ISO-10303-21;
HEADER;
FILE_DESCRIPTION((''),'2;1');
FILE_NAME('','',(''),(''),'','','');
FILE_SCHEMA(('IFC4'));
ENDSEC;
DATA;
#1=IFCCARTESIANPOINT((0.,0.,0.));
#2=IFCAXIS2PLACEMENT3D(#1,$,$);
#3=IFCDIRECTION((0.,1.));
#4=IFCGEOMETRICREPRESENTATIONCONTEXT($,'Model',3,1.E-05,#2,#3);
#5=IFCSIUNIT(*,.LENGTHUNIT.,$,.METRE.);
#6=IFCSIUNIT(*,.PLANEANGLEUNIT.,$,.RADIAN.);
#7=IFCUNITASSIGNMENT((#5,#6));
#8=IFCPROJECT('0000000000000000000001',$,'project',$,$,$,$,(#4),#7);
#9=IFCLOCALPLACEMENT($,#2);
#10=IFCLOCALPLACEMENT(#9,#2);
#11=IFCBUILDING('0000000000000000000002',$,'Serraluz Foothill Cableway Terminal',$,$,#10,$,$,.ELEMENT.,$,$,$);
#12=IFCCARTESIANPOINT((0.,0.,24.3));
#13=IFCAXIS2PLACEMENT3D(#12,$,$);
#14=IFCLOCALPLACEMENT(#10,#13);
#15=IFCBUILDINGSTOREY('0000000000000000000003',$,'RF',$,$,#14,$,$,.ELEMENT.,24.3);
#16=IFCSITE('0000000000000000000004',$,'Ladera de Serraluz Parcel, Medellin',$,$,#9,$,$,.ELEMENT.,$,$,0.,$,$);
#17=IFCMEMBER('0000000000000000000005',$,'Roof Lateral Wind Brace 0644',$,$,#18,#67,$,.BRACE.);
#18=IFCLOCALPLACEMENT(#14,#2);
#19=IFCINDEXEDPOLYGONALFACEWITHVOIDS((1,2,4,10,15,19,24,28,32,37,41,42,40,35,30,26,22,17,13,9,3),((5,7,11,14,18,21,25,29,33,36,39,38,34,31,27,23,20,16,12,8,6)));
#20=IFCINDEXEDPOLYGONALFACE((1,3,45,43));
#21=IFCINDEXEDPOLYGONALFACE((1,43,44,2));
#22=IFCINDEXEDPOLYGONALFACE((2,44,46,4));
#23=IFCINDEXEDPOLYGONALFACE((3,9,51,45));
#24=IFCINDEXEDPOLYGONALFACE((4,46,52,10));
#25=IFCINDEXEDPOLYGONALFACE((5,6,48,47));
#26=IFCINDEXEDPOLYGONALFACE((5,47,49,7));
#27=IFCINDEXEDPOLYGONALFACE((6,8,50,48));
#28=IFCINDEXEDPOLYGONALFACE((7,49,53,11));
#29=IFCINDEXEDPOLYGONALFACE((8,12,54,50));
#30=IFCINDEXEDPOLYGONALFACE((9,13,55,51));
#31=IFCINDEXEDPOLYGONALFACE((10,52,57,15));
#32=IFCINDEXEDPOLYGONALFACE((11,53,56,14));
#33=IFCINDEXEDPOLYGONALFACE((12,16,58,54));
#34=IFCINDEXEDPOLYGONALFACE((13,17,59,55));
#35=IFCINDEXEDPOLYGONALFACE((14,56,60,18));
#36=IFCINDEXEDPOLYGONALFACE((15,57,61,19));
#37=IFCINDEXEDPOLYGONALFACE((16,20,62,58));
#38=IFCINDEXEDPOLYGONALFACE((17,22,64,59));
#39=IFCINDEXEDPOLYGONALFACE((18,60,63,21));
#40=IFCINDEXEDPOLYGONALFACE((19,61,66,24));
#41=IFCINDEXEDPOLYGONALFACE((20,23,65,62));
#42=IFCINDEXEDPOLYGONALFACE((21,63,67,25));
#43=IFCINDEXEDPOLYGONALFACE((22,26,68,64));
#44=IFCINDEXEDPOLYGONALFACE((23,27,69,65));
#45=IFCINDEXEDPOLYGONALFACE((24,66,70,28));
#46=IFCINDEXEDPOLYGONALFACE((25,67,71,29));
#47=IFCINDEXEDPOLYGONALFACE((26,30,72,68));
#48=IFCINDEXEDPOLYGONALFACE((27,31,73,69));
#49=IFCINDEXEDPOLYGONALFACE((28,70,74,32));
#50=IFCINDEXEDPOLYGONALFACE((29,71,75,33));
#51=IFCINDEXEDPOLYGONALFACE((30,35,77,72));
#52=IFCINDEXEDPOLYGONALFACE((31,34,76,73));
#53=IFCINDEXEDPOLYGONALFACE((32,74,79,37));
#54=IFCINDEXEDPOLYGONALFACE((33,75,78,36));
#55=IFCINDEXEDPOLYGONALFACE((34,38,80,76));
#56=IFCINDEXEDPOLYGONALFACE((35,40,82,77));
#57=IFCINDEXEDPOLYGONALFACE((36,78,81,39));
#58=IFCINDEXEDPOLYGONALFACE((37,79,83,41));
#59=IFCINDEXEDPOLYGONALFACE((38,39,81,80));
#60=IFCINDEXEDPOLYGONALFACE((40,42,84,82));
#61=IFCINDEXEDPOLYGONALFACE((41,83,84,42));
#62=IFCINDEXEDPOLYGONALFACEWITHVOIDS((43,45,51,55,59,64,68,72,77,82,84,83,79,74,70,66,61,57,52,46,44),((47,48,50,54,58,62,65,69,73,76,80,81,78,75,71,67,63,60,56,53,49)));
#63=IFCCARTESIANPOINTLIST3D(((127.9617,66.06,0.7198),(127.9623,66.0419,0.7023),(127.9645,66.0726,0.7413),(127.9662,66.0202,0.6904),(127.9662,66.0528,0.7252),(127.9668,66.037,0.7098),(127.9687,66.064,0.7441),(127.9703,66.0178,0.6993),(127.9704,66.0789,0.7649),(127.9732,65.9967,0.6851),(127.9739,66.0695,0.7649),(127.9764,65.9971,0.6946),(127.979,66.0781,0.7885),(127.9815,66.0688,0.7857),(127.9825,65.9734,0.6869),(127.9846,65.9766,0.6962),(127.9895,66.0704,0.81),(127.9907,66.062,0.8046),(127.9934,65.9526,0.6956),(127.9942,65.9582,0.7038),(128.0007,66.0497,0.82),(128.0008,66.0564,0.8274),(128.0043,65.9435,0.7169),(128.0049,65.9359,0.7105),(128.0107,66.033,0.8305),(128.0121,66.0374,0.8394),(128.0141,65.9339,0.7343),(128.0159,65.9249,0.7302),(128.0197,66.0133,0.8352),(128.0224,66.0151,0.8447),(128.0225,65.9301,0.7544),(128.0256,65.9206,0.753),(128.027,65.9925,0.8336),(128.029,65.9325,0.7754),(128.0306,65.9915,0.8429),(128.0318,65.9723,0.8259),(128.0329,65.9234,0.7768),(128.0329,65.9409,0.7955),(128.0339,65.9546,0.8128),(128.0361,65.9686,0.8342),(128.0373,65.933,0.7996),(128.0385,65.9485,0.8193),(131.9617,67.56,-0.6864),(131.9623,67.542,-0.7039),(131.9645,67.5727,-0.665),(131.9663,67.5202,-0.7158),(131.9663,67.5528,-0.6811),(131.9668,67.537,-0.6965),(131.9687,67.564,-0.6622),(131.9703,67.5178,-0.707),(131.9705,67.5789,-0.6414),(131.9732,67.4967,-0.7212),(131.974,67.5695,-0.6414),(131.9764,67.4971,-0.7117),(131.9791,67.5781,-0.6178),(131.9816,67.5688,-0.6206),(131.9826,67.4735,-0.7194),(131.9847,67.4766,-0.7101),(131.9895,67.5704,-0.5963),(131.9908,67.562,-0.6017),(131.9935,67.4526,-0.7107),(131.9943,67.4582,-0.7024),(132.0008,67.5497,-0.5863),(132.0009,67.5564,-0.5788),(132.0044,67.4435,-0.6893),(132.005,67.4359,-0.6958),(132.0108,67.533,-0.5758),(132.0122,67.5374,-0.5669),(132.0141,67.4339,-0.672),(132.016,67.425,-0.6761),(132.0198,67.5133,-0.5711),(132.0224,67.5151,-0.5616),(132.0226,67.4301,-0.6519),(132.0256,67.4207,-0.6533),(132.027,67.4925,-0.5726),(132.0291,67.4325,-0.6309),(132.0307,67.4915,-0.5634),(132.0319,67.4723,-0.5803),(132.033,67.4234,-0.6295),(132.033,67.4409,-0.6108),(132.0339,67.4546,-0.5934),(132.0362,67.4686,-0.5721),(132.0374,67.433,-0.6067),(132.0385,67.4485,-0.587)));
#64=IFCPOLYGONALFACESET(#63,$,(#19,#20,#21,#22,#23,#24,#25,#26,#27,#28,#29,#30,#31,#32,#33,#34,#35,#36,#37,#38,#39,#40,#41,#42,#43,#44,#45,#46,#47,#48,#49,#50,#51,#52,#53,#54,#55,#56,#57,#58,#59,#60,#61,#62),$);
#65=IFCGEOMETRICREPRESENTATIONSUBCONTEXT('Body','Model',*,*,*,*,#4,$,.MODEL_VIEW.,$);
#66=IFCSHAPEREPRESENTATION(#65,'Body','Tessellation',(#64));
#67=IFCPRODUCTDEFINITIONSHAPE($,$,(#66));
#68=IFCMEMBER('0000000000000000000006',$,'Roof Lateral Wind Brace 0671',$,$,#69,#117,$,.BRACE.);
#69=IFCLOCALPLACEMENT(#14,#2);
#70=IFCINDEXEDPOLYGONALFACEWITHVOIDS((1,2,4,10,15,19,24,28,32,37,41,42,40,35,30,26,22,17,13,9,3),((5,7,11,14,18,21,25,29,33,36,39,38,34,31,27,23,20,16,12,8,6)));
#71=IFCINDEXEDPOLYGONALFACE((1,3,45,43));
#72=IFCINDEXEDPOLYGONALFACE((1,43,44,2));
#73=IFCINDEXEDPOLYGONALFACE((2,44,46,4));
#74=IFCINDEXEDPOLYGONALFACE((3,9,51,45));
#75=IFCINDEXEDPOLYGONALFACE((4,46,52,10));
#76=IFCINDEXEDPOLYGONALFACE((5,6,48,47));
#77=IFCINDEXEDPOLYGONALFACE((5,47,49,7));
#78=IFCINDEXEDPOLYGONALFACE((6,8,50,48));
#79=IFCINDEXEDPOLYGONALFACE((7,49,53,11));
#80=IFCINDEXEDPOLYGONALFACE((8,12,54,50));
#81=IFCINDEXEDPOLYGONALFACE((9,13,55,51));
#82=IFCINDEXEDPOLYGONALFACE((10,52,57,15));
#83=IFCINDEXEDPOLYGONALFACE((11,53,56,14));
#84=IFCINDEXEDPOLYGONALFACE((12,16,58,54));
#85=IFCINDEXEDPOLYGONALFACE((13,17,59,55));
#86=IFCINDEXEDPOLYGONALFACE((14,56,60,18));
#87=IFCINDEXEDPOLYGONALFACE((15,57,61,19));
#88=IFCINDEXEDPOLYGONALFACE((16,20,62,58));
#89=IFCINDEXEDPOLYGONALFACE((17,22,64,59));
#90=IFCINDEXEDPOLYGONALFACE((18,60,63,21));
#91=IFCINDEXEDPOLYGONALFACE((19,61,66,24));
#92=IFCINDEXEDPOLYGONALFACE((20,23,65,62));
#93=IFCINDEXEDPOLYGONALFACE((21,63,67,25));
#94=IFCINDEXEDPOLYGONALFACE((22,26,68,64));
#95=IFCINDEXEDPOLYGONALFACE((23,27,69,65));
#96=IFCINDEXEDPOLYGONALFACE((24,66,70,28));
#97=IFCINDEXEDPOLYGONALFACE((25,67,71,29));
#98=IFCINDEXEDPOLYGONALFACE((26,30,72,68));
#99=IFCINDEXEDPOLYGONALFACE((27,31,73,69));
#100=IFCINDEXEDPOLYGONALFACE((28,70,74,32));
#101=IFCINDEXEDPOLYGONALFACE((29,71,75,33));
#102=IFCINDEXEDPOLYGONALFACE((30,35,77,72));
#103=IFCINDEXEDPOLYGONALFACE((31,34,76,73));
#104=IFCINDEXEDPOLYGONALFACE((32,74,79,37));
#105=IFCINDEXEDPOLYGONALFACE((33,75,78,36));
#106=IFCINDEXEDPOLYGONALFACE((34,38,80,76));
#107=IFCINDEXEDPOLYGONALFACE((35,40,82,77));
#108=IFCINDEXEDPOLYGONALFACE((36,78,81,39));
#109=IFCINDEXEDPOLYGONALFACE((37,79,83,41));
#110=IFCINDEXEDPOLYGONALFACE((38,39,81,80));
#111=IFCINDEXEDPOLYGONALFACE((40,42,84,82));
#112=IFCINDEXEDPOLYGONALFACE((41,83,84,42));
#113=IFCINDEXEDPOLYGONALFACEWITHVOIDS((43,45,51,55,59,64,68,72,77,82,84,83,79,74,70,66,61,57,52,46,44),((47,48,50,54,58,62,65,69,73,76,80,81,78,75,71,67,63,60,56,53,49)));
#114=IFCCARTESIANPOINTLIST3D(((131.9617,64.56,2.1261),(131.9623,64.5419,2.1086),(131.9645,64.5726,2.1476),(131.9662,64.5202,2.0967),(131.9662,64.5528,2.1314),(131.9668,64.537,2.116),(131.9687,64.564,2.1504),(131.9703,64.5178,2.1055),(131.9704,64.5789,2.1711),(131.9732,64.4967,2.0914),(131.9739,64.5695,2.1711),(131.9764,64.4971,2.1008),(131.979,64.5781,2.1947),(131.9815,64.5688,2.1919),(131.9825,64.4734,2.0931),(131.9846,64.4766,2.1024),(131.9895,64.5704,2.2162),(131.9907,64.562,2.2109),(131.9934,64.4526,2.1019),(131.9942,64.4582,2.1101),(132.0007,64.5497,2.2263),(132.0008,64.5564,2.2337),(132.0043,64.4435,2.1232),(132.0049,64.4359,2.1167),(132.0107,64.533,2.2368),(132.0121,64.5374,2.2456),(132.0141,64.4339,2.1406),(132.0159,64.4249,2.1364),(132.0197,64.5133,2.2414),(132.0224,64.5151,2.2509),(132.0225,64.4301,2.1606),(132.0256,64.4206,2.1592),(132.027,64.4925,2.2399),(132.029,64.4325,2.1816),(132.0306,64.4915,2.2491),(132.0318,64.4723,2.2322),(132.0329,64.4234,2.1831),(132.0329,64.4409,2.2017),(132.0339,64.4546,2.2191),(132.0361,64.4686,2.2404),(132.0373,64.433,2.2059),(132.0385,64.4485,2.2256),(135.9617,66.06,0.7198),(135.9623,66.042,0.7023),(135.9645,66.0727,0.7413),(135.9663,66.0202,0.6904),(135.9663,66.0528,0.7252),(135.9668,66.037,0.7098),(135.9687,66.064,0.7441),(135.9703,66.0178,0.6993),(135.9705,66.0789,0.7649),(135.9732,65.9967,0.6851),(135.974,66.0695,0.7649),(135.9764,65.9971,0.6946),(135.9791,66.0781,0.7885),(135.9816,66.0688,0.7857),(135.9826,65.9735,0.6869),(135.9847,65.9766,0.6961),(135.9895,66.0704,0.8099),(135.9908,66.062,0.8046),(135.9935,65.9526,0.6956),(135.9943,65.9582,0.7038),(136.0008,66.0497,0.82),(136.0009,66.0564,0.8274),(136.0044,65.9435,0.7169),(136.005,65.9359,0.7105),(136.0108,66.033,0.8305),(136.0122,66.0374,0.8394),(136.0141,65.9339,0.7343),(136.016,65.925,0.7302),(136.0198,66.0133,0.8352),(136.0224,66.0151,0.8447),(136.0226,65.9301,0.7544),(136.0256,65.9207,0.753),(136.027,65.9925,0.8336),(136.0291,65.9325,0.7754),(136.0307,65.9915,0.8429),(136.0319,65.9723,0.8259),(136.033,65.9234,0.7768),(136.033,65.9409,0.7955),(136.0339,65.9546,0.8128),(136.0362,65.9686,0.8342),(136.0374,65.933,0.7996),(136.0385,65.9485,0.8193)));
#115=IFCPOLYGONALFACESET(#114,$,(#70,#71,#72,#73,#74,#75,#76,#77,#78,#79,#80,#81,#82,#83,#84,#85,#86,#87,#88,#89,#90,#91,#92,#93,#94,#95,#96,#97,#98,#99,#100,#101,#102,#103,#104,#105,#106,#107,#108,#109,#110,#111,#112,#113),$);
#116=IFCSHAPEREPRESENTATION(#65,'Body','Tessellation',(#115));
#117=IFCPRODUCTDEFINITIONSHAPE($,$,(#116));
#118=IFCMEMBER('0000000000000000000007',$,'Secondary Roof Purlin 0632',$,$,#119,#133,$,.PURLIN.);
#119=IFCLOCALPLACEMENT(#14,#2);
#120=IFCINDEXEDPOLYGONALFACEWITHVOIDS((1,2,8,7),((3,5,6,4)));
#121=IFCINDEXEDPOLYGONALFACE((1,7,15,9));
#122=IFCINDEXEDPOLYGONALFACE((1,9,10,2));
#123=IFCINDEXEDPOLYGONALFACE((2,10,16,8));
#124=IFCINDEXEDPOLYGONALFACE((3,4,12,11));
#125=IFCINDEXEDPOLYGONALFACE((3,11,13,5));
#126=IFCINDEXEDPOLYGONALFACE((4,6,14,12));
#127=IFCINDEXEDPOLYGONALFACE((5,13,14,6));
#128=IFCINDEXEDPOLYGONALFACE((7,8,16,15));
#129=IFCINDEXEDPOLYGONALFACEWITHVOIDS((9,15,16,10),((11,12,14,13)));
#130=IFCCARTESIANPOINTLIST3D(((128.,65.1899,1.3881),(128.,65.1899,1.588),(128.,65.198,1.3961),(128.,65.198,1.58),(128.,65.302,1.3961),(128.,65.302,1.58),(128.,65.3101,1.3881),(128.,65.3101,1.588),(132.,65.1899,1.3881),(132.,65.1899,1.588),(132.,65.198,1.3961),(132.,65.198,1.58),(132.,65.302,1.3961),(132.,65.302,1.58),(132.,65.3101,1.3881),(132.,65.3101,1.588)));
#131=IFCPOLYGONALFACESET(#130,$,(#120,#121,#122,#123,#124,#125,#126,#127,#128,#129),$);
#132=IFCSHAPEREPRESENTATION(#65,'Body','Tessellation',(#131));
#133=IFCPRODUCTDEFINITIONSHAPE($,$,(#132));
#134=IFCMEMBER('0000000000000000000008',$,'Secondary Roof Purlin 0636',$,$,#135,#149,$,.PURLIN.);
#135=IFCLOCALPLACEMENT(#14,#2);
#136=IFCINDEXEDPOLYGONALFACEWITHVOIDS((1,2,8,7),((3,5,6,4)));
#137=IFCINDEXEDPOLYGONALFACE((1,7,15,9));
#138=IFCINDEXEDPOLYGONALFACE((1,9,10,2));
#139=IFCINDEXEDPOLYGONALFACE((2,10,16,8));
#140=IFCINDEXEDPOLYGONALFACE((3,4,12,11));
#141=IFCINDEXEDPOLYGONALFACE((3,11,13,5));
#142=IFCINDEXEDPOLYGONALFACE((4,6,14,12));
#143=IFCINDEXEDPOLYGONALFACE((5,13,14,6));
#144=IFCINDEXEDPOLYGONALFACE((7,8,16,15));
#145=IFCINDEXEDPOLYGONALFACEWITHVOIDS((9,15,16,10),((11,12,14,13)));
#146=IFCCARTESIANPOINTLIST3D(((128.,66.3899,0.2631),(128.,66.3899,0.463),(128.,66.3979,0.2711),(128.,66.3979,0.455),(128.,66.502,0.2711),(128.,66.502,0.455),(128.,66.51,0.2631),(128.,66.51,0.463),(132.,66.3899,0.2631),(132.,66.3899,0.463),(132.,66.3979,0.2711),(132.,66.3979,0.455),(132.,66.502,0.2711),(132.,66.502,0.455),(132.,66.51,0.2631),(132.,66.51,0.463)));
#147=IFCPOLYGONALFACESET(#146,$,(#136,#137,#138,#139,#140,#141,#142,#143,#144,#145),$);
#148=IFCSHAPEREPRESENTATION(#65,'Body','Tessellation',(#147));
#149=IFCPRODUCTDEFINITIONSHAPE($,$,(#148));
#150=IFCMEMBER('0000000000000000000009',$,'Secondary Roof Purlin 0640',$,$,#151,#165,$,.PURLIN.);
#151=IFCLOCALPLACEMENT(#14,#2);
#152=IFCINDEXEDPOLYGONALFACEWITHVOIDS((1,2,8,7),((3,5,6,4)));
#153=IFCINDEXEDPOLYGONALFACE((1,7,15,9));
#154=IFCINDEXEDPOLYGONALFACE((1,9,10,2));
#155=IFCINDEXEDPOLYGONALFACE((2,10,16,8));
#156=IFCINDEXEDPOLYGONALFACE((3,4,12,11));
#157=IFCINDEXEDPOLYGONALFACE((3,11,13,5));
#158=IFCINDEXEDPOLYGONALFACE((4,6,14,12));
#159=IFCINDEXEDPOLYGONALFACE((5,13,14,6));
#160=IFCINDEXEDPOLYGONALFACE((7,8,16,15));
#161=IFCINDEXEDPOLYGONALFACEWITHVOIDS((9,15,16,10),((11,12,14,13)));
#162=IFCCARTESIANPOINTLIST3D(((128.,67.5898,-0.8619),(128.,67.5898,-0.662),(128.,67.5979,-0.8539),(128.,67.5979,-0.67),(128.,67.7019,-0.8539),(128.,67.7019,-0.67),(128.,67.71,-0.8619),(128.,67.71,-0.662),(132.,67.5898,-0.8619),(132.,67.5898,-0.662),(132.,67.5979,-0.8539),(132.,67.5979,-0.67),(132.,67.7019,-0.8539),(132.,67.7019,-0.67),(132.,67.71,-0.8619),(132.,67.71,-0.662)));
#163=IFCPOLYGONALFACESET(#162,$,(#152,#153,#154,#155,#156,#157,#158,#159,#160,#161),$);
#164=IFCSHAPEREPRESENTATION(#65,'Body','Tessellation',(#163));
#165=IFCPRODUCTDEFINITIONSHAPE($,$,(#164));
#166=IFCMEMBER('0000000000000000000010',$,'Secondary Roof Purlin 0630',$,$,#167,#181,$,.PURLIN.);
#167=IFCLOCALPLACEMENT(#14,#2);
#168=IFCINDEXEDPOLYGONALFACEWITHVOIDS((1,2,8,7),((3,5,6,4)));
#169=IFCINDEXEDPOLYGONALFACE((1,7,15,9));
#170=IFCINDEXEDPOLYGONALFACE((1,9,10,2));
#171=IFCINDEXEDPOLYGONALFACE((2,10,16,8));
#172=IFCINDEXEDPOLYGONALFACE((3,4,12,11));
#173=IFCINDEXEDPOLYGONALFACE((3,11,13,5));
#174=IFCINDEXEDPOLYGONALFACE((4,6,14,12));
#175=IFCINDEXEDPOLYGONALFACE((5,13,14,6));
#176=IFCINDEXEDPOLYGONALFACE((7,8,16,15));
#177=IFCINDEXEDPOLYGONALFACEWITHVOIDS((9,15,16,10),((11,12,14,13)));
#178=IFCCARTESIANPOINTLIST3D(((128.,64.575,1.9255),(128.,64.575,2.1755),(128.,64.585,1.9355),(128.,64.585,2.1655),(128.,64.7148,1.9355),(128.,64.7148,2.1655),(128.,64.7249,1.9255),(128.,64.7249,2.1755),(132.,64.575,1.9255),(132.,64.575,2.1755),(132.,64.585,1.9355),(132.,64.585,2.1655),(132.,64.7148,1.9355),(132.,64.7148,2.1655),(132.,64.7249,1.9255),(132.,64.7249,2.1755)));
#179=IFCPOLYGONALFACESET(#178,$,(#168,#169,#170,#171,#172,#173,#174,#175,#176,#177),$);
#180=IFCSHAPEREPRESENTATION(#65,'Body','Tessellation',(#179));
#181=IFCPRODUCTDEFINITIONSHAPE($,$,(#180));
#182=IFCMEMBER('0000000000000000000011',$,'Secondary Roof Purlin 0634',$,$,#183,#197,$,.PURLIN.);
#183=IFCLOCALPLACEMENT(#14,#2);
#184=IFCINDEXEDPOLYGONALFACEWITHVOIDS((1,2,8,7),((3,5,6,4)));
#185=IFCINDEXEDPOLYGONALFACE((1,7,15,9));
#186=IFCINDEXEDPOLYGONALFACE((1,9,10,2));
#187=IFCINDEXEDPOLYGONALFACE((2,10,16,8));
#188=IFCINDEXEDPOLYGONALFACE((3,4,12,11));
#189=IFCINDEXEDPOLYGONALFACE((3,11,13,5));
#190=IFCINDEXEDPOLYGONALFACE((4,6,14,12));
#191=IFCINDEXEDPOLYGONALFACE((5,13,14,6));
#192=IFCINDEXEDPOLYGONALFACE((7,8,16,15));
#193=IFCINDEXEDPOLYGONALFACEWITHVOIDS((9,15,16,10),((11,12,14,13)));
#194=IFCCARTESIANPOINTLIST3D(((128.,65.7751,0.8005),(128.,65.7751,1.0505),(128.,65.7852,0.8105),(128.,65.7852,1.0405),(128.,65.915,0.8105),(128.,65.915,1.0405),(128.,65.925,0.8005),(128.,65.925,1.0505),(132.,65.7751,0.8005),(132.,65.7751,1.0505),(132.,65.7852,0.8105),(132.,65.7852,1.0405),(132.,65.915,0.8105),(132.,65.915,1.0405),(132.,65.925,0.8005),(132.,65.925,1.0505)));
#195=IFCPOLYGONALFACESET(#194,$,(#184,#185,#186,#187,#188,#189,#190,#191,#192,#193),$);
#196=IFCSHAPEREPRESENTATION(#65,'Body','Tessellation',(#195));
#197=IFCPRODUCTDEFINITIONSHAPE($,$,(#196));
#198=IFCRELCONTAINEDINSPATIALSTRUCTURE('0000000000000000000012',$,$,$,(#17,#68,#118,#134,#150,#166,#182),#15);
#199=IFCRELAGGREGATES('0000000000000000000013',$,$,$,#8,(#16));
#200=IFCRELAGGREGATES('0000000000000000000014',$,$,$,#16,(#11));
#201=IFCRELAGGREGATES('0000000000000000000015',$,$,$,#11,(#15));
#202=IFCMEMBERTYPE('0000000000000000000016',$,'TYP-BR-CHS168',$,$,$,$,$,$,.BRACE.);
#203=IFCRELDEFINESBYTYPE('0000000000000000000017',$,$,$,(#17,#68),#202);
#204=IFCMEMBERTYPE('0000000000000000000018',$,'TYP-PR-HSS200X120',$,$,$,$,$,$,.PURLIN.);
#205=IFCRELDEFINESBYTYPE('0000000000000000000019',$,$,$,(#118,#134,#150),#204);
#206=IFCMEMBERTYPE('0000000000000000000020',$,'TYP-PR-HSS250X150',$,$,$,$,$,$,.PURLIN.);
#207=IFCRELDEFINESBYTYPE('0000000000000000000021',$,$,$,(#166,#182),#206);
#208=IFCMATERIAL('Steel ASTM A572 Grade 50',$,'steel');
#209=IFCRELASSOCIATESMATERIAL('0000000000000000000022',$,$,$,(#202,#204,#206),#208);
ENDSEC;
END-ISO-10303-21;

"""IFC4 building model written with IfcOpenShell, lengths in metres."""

from ifc_helpers import new_model, si_unit, direction, frame, origin, origin_2d, place, context, subcontext, project, spatial, hollow_rectangle, hollow_circle, extrude, material, material_profile, profile_set, type_object, element, save


model = new_model("IFC4")

# Units and contexts
model_context = context("Model", 3, precision=1e-05, world=origin(), true_north=direction((0.0, 1.0)))
body_context = subcontext(model_context, "Body", "Model", "MODEL_VIEW")
ifc_project = project(units=[si_unit("LENGTHUNIT", "METRE"), si_unit("PLANEANGLEUNIT", "RADIAN")], contexts=[model_context])

# Site, building, storey
site_placement = place(None, origin())
site = spatial("IfcSite", under=ifc_project, at=site_placement, Name="Ladera de Serraluz Parcel, Medellin", CompositionType="ELEMENT", RefElevation=0.0)
building_placement = place(site_placement, origin())
building = spatial("IfcBuilding", under=site, at=building_placement, Name="Serraluz Foothill Cableway Terminal", CompositionType="ELEMENT")
storey_placement = place(building_placement, frame((0.0, 0.0, 24.3)))
storey = spatial("IfcBuildingStorey", under=building, at=storey_placement, Name="RF", CompositionType="ELEMENT", Elevation=24.3)

# Members
ifc_material_1 = material(Name="Steel ASTM A572 Grade 50", Category="steel")
ifc_material_profile_1 = material_profile(ifc_material_1, hollow_circle(Radius=0.0842, WallThickness=0.01, at=origin_2d()), Name="CHS168X10")
ifc_profile_set_1 = profile_set([ifc_material_profile_1], Name="Steel ASTM A572 Grade 50")
member_type_1 = type_object("IfcMemberType", Name="TYP-BR-CHS168", PredefinedType="BRACE", material=ifc_profile_set_1)
for number, where, z_axis, x_axis, name in (
    (1, (128.0, 66.0, 0.7649), (0.889382, 0.333518, -0.312673), (-0.351123, 0.936329, 0.0), "Roof Lateral Wind Brace 0644"),
    (2, (132.0, 64.5, 2.1711), (0.889382, 0.333518, -0.312673), (-0.351123, 0.936329, 0.0), "Roof Lateral Wind Brace 0671"),
):
    element("IfcMember", number, at=place(storey_placement, frame(where, z_axis=z_axis, x_axis=x_axis)), inside=storey, type_object=member_type_1, Name=name, PredefinedType="BRACE", context=body_context, shape_type="SweptSolid", body=[
        extrude(hollow_circle(Radius=0.0842, WallThickness=0.01, at=origin_2d()), origin(), (0.0, 0.0, 1.0), 4.4976),
    ])
ifc_material_profile_2 = material_profile(ifc_material_1, hollow_rectangle(XDim=0.1201, YDim=0.2, WallThickness=0.0081, at=origin_2d()), Name="HSS200X120X8")
ifc_profile_set_2 = profile_set([ifc_material_profile_2], Name="Steel ASTM A572 Grade 50")
member_type_2 = type_object("IfcMemberType", Name="TYP-PR-HSS200X120", PredefinedType="PURLIN", material=ifc_profile_set_2)
for number, where, z_axis, x_axis, name in (
    (3, (128.0, 65.25, 1.488), (1.0, 0.0, 0.0), (0.0, 1.0, 0.0), "Secondary Roof Purlin 0632"),
    (4, (128.0, 66.45, 0.363), (1.0, 0.0, 0.0), (0.0, 1.0, 0.0), "Secondary Roof Purlin 0636"),
    (5, (128.0, 67.6499, -0.762), (1.0, 0.0, 0.0), (0.0, 1.0, 0.0), "Secondary Roof Purlin 0640"),
):
    element("IfcMember", number, at=place(storey_placement, frame(where, z_axis=z_axis, x_axis=x_axis)), inside=storey, type_object=member_type_2, Name=name, PredefinedType="PURLIN", context=body_context, shape_type="SweptSolid", body=[
        extrude(hollow_rectangle(XDim=0.1201, YDim=0.2, WallThickness=0.0081, at=origin_2d()), origin(), (0.0, 0.0, 1.0), 4.0),
    ])
ifc_material_profile_3 = material_profile(ifc_material_1, hollow_rectangle(XDim=0.1499, YDim=0.25, WallThickness=0.01, at=origin_2d()), Name="HSS250X150X10")
ifc_profile_set_3 = profile_set([ifc_material_profile_3], Name="Steel ASTM A572 Grade 50")
member_type_3 = type_object("IfcMemberType", Name="TYP-PR-HSS250X150", PredefinedType="PURLIN", material=ifc_profile_set_3)
for number, where, z_axis, x_axis, name in (
    (6, (128.0, 64.6499, 2.0505), (1.0, 0.0, 0.0), (0.0, 1.0, 0.0), "Secondary Roof Purlin 0630"),
    (7, (128.0, 65.8501, 0.9255), (1.0, 0.0, 0.0), (0.0, 1.0, 0.0), "Secondary Roof Purlin 0634"),
):
    element("IfcMember", number, at=place(storey_placement, frame(where, z_axis=z_axis, x_axis=x_axis)), inside=storey, type_object=member_type_3, Name=name, PredefinedType="PURLIN", context=body_context, shape_type="SweptSolid", body=[
        extrude(hollow_rectangle(XDim=0.1499, YDim=0.25, WallThickness=0.01, at=origin_2d()), origin(), (0.0, 0.0, 1.0), 4.0),
    ])

save(model, "model.ifc")
